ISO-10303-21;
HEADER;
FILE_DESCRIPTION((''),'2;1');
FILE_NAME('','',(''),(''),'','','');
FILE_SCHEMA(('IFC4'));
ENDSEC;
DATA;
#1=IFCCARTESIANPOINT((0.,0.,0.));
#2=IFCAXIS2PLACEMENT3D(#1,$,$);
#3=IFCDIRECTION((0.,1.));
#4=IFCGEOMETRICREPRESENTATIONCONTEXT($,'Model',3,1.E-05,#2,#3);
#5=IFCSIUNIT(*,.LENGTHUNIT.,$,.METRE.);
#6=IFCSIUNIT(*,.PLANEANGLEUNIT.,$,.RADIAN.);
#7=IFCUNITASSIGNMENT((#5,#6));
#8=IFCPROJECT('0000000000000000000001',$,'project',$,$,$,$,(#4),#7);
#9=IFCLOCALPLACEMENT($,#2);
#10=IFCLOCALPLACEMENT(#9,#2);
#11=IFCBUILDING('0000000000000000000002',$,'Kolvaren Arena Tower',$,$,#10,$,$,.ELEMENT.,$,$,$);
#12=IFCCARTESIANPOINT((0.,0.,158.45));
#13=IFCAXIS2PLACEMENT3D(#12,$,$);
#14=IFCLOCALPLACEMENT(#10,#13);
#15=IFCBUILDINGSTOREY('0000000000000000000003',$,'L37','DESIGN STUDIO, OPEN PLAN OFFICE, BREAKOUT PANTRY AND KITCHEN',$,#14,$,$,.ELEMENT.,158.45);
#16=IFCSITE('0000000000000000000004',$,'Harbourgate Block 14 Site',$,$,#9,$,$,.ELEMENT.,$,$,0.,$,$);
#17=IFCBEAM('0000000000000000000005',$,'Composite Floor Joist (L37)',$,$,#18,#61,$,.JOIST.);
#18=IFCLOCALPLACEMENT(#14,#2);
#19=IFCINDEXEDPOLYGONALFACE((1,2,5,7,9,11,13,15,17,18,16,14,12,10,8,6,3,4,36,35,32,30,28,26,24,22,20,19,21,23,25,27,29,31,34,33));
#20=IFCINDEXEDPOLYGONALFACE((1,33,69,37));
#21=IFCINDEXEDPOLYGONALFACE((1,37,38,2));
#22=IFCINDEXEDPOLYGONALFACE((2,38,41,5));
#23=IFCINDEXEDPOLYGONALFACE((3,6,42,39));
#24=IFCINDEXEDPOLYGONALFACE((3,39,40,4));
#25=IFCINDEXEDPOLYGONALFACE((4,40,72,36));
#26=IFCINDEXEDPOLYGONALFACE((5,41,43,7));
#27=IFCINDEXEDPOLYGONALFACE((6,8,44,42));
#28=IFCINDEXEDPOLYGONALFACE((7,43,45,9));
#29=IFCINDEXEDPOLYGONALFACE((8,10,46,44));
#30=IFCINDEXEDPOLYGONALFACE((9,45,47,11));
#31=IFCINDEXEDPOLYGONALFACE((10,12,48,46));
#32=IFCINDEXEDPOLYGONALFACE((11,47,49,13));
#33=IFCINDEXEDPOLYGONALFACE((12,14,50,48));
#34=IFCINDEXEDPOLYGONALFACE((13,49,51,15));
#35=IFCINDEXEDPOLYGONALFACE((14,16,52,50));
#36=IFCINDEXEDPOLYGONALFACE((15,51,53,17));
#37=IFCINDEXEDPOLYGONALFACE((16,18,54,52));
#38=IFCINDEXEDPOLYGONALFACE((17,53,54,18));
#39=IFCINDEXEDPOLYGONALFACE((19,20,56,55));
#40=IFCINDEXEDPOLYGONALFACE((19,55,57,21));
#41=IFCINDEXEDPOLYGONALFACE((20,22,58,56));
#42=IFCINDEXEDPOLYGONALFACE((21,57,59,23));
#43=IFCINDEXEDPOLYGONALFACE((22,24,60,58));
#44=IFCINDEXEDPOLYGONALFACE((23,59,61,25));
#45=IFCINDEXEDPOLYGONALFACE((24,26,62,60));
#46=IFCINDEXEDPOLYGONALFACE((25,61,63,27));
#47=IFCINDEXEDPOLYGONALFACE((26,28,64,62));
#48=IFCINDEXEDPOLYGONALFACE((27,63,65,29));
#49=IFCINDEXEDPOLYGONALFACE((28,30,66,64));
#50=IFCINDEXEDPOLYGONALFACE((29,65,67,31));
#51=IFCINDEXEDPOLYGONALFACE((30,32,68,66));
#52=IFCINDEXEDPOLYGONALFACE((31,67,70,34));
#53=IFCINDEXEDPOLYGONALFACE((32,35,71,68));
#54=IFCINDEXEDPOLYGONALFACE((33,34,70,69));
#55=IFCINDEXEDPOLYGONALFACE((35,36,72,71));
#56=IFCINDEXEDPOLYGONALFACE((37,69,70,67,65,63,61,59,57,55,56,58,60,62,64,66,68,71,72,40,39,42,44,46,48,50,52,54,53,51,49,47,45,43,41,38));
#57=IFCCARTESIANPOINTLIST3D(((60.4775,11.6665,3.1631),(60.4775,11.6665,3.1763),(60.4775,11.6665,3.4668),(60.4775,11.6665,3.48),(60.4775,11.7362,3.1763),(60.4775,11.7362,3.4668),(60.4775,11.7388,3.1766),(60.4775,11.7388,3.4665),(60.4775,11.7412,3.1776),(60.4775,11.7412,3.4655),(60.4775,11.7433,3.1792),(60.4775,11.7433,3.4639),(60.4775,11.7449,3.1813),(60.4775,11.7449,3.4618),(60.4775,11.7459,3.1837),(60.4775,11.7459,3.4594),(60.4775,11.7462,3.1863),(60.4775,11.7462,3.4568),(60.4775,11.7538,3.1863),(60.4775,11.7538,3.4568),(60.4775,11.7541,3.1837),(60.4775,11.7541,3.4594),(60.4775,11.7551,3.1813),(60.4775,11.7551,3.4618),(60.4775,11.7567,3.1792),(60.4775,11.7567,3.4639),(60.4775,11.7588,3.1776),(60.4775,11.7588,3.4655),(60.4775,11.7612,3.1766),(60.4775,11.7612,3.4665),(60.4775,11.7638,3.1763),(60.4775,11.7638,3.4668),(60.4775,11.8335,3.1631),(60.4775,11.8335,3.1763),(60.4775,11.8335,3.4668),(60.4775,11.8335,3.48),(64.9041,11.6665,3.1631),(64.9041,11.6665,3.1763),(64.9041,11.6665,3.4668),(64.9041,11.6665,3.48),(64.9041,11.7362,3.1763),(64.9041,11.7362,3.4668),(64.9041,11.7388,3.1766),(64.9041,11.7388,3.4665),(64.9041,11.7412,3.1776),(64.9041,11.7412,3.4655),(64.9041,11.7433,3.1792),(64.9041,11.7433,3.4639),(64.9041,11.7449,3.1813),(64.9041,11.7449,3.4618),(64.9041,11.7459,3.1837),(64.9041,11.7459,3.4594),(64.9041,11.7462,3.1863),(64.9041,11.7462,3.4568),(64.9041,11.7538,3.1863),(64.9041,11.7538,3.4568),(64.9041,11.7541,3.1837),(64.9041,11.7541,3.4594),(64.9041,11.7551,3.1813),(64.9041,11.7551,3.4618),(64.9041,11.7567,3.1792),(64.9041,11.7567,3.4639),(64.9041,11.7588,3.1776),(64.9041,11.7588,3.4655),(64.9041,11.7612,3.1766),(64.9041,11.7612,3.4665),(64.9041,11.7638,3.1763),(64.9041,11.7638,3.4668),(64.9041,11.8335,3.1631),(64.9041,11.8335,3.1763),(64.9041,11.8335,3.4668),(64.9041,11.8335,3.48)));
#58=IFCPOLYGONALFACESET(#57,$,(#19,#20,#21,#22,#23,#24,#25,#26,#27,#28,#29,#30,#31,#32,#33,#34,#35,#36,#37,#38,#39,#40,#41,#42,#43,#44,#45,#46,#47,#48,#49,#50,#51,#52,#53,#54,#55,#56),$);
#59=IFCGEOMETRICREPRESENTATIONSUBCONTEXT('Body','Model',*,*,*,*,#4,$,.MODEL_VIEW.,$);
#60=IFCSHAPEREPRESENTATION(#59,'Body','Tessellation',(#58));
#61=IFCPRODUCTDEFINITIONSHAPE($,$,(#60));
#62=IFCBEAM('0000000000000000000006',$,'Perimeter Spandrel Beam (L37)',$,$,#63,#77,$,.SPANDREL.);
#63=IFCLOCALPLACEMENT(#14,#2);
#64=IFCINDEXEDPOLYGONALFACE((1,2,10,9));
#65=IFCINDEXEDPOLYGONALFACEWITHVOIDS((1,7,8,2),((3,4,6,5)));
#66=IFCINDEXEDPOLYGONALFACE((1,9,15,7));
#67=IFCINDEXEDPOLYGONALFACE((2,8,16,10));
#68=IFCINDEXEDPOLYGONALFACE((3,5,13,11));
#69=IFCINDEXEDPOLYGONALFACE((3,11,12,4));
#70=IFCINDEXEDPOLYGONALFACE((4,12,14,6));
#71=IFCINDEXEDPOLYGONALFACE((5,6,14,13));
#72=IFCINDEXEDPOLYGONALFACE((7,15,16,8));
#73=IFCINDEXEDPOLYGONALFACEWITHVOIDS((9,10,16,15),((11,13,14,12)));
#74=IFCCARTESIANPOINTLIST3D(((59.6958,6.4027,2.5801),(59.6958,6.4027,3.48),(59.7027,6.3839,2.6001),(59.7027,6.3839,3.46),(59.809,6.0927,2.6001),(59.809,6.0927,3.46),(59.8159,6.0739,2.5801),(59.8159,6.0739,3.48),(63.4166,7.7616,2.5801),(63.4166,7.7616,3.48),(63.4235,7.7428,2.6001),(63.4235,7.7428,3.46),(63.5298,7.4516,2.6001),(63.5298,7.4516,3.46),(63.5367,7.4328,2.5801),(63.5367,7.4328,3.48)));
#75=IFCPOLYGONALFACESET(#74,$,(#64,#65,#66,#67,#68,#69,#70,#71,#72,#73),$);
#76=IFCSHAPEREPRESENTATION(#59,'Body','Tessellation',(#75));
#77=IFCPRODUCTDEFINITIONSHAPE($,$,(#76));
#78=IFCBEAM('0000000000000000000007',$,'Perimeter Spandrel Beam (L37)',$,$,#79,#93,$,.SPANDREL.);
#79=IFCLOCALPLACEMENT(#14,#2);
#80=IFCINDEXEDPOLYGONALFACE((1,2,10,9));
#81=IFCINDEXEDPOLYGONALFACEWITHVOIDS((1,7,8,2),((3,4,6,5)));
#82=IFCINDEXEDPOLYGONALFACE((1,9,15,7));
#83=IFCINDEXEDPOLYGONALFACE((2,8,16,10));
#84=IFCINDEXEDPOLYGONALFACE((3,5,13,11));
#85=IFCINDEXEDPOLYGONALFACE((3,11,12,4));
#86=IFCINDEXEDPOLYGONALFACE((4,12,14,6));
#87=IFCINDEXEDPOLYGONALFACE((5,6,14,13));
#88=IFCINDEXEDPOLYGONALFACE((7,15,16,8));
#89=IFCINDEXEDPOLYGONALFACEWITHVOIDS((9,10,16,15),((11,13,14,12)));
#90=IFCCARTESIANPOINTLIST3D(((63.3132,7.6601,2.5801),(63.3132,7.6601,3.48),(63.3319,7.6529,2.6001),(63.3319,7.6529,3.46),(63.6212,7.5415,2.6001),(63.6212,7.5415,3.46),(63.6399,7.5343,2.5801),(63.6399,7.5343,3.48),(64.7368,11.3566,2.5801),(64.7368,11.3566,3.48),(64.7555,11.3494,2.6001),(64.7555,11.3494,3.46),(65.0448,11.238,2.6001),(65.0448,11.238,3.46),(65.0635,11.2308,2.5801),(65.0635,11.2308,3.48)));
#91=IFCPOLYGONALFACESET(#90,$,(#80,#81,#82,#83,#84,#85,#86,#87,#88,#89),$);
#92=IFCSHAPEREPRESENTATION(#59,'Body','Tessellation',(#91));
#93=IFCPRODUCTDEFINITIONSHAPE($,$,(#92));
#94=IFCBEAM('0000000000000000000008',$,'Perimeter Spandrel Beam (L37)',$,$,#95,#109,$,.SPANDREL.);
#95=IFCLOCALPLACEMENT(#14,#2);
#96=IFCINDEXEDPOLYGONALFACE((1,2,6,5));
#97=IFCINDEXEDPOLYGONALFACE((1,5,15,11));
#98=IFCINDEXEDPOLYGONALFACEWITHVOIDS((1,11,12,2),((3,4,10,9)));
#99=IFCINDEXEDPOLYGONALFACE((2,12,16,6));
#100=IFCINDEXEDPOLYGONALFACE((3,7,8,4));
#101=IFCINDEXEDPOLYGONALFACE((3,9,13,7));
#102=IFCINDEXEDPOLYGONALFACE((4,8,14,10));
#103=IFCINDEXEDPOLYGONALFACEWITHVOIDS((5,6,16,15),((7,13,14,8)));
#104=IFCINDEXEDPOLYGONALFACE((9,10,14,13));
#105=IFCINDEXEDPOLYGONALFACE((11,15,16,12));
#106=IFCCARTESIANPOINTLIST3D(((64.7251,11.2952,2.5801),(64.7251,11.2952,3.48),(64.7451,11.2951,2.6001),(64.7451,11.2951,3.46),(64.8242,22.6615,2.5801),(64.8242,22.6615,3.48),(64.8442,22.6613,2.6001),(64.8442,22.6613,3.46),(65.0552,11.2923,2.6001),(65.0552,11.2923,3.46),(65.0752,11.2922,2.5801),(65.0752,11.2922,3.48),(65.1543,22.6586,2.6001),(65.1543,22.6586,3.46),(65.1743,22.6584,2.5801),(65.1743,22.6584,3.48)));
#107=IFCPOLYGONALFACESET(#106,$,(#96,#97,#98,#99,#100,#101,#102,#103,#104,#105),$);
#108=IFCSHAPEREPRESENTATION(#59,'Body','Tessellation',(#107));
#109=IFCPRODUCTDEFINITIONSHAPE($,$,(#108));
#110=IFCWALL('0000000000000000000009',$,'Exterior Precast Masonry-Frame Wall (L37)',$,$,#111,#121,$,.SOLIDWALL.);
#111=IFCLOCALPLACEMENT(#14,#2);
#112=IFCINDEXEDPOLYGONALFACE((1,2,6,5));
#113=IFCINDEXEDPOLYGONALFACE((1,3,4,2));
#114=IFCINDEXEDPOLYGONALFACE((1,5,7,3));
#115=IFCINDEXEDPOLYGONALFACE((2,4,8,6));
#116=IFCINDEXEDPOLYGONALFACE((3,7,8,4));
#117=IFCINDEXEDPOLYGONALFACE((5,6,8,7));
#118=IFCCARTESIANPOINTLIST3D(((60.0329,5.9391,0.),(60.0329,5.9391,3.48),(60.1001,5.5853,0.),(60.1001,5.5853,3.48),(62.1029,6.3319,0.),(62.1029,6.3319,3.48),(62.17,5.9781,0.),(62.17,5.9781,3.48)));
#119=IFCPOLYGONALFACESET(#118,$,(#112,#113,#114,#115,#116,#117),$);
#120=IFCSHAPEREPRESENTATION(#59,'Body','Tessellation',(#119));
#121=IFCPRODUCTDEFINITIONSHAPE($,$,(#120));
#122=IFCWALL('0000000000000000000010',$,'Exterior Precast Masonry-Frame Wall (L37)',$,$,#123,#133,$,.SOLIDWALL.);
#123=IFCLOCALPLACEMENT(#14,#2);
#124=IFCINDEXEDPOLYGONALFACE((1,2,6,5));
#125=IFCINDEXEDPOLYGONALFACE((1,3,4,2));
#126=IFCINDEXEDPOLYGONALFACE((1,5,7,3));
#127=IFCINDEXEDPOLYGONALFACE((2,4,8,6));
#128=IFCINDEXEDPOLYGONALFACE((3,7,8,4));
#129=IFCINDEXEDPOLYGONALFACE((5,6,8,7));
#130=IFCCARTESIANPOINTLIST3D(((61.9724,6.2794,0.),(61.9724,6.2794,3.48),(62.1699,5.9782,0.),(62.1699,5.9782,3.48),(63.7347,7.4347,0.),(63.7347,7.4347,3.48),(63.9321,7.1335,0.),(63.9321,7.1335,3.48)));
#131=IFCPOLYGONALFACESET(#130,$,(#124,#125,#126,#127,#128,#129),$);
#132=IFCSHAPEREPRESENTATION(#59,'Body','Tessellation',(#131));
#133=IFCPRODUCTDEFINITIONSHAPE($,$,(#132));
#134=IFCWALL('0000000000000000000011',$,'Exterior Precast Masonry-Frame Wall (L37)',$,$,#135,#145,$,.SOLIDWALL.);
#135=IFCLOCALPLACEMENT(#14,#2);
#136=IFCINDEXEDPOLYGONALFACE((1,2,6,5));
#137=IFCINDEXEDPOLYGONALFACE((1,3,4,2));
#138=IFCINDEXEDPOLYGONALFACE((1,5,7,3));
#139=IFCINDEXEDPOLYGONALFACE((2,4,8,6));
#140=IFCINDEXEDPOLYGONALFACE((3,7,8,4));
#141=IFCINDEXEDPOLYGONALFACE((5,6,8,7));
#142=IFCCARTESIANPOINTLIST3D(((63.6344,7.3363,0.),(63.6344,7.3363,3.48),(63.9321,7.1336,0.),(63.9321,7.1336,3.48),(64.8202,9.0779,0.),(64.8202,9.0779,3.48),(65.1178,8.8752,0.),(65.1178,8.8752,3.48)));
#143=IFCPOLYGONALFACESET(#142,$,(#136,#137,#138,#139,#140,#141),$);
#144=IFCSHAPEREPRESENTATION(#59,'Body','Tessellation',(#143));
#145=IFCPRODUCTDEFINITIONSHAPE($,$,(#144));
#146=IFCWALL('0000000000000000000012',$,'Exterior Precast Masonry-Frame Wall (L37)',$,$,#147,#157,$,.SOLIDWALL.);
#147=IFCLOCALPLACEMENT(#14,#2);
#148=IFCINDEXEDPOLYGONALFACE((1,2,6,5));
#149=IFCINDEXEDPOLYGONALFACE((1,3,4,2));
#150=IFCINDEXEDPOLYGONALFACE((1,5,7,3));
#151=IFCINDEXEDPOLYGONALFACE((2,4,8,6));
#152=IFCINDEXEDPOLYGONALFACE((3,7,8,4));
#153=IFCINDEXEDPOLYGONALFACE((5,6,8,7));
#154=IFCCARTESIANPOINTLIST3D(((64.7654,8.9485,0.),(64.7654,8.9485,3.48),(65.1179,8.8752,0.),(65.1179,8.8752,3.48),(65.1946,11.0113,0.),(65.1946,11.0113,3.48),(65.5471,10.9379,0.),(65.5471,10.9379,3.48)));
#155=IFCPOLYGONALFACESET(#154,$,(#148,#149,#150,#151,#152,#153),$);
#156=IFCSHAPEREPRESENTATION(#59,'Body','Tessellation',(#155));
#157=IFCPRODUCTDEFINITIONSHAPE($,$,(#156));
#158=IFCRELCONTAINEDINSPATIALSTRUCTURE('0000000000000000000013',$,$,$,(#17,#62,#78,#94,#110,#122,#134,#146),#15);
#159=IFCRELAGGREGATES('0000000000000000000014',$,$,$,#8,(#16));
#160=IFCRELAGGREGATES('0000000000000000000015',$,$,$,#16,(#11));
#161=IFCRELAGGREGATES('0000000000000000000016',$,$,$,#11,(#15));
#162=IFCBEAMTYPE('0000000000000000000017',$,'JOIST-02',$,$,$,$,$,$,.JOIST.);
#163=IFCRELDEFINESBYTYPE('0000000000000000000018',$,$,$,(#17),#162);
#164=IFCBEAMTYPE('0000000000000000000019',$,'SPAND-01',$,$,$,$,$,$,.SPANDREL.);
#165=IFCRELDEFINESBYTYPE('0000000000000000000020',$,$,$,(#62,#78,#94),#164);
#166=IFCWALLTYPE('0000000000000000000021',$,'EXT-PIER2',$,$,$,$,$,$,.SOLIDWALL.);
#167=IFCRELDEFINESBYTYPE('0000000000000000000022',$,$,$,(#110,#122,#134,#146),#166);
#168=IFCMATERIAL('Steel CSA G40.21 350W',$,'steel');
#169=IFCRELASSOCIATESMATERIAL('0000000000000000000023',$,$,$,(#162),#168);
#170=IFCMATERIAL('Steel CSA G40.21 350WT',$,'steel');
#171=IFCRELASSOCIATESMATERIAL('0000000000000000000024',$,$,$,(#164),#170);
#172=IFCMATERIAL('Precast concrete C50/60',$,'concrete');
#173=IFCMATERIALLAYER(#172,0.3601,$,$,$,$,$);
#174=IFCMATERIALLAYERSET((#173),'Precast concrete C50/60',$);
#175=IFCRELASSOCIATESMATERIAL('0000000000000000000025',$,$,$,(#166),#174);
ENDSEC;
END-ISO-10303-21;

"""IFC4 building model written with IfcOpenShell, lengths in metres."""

from ifc_helpers import new_model, si_unit, direction, frame, frame_2d, origin, origin_2d, place, context, subcontext, project, spatial, rectangle, hollow_rectangle, i_section, extrude, material, layer, layer_set, material_profile, profile_set, type_object, element, save


model = new_model("IFC4")

# Units and contexts
model_context = context("Model", 3, precision=1e-05, world=origin(), true_north=direction((0.0, 1.0)))
body_context = subcontext(model_context, "Body", "Model", "MODEL_VIEW")
ifc_project = project(units=[si_unit("LENGTHUNIT", "METRE"), si_unit("PLANEANGLEUNIT", "RADIAN")], contexts=[model_context])

# Site, building, storey
site_placement = place(None, origin())
site = spatial("IfcSite", under=ifc_project, at=site_placement, Name="Harbourgate Block 14 Site", CompositionType="ELEMENT", RefElevation=0.0)
building_placement = place(site_placement, origin())
building = spatial("IfcBuilding", under=site, at=building_placement, Name="Kolvaren Arena Tower", CompositionType="ELEMENT")
storey_placement = place(building_placement, frame((0.0, 0.0, 158.45)))
storey = spatial("IfcBuildingStorey", under=building, at=storey_placement, Name="L37", Description="DESIGN STUDIO, OPEN PLAN OFFICE, BREAKOUT PANTRY AND KITCHEN", CompositionType="ELEMENT", Elevation=158.45)

# Beams
ifc_material_1 = material(Name="Steel CSA G40.21 350W", Category="steel")
ifc_material_profile_1 = material_profile(ifc_material_1, i_section(OverallWidth=0.167, OverallDepth=0.3169, WebThickness=0.0076, FlangeThickness=0.0132, FilletRadius=0.01, at=origin_2d()), Name="W310x52")
ifc_profile_set_1 = profile_set([ifc_material_profile_1], Name="Steel CSA G40.21 350W")
beam_type_1 = type_object("IfcBeamType", Name="JOIST-02", PredefinedType="JOIST", material=ifc_profile_set_1)
beam_1_placement = place(storey_placement, frame((60.4775, 11.75, 3.3215), z_axis=(1.0, 0.0, 0.0), x_axis=(0.0, 1.0, 0.0)))
element("IfcBeam", 1, at=beam_1_placement, inside=storey, type_object=beam_type_1, Name="Composite Floor Joist (L37)", PredefinedType="JOIST", context=body_context, shape_type="SweptSolid", body=[
    extrude(i_section(OverallWidth=0.167, OverallDepth=0.3169, WebThickness=0.0076, FlangeThickness=0.0132, FilletRadius=0.01, at=origin_2d()), origin(), (0.0, 0.0, 1.0), 4.4265),
])
ifc_material_2 = material(Name="Steel CSA G40.21 350WT", Category="steel")
ifc_material_profile_2 = material_profile(ifc_material_2, hollow_rectangle(XDim=0.3501, YDim=0.8999, WallThickness=0.02, at=origin_2d()), Name="HSS 900x350x20")
ifc_profile_set_2 = profile_set([ifc_material_profile_2], Name="Steel CSA G40.21 350WT")
beam_type_2 = type_object("IfcBeamType", Name="SPAND-01", PredefinedType="SPANDREL", material=ifc_profile_set_2)
for number, where, z_axis, x_axis, name in (
    (2, (59.7559, 6.2383, 3.03), (0.939314, 0.343059, 0.0), (-0.343059, 0.939314, 0.0), "Perimeter Spandrel Beam (L37)"),
    (3, (63.4766, 7.5972, 3.03), (0.359384, 0.93319, 0.0), (-0.93319, 0.359384, 0.0), "Perimeter Spandrel Beam (L37)"),
):
    element("IfcBeam", number, at=place(storey_placement, frame(where, z_axis=z_axis, x_axis=x_axis)), inside=storey, type_object=beam_type_2, Name=name, PredefinedType="SPANDREL", context=body_context, shape_type="SweptSolid", body=[
        extrude(hollow_rectangle(XDim=0.3501, YDim=0.8999, WallThickness=0.02, at=origin_2d()), origin(), (0.0, 0.0, 1.0), 3.9612),
    ])
beam_2_placement = place(storey_placement, frame((64.9001, 11.2937, 3.03), z_axis=(0.00872, 0.999962, 0.0), x_axis=(-0.999962, 0.00872, 0.0)))
element("IfcBeam", 4, at=beam_2_placement, inside=storey, type_object=beam_type_2, Name="Perimeter Spandrel Beam (L37)", PredefinedType="SPANDREL", context=body_context, shape_type="SweptSolid", body=[
    extrude(hollow_rectangle(XDim=0.3501, YDim=0.8999, WallThickness=0.02, at=origin_2d()), origin(), (0.0, 0.0, 1.0), 11.3667),
])

# Walls
ifc_material_3 = material(Name="Precast concrete C50/60", Category="concrete")
ifc_layer_1 = layer(ifc_material_3, 0.3601)
ifc_layer_set_1 = layer_set([ifc_layer_1], Name="Precast concrete C50/60")
wall_type_1 = type_object("IfcWallType", Name="EXT-PIER2", PredefinedType="SOLIDWALL", material=ifc_layer_set_1)
wall_1_placement = place(storey_placement, frame((62.1365, 6.155, 0.0), z_axis=(0.0, 0.0, 1.0), x_axis=(-0.982467, -0.186436, 0.0)))
element("IfcWall", 5, at=wall_1_placement, inside=storey, type_object=wall_type_1, Name="Exterior Precast Masonry-Frame Wall (L37)", PredefinedType="SOLIDWALL", context=body_context, shape_type="SweptSolid", body=[
    extrude(rectangle(XDim=2.1069, YDim=0.3601, at=frame_2d((1.0535, 0.0))), origin(), (0.0, 0.0, 1.0), 3.48),
])
wall_2_placement = place(storey_placement, frame((63.8335, 7.2842, 0.0), z_axis=(0.0, 0.0, 1.0), x_axis=(-0.836304, -0.548267, 0.0)))
element("IfcWall", 6, at=wall_2_placement, inside=storey, type_object=wall_type_1, Name="Exterior Precast Masonry-Frame Wall (L37)", PredefinedType="SOLIDWALL", context=body_context, shape_type="SweptSolid", body=[
    extrude(rectangle(XDim=2.1072, YDim=0.3601, at=frame_2d((1.0537, 0.0))), origin(), (0.0, 0.0, 1.0), 3.48),
])
for number, where, z_axis, x_axis, name in (
    (7, (64.969, 8.9766, 0.0), (0.0, 0.0, 1.0), (-0.562776, -0.82661, 0.0), "Exterior Precast Masonry-Frame Wall (L37)"),
    (8, (65.3708, 10.9746, 0.0), (0.0, 0.0, 1.0), (-0.203709, -0.979031, 0.0), "Exterior Precast Masonry-Frame Wall (L37)"),
):
    element("IfcWall", number, at=place(storey_placement, frame(where, z_axis=z_axis, x_axis=x_axis)), inside=storey, type_object=wall_type_1, Name=name, PredefinedType="SOLIDWALL", context=body_context, shape_type="SweptSolid", body=[
        extrude(rectangle(XDim=2.1069, YDim=0.3601, at=frame_2d((1.0535, 0.0))), origin(), (0.0, 0.0, 1.0), 3.48),
    ])

save(model, "model.ifc")
